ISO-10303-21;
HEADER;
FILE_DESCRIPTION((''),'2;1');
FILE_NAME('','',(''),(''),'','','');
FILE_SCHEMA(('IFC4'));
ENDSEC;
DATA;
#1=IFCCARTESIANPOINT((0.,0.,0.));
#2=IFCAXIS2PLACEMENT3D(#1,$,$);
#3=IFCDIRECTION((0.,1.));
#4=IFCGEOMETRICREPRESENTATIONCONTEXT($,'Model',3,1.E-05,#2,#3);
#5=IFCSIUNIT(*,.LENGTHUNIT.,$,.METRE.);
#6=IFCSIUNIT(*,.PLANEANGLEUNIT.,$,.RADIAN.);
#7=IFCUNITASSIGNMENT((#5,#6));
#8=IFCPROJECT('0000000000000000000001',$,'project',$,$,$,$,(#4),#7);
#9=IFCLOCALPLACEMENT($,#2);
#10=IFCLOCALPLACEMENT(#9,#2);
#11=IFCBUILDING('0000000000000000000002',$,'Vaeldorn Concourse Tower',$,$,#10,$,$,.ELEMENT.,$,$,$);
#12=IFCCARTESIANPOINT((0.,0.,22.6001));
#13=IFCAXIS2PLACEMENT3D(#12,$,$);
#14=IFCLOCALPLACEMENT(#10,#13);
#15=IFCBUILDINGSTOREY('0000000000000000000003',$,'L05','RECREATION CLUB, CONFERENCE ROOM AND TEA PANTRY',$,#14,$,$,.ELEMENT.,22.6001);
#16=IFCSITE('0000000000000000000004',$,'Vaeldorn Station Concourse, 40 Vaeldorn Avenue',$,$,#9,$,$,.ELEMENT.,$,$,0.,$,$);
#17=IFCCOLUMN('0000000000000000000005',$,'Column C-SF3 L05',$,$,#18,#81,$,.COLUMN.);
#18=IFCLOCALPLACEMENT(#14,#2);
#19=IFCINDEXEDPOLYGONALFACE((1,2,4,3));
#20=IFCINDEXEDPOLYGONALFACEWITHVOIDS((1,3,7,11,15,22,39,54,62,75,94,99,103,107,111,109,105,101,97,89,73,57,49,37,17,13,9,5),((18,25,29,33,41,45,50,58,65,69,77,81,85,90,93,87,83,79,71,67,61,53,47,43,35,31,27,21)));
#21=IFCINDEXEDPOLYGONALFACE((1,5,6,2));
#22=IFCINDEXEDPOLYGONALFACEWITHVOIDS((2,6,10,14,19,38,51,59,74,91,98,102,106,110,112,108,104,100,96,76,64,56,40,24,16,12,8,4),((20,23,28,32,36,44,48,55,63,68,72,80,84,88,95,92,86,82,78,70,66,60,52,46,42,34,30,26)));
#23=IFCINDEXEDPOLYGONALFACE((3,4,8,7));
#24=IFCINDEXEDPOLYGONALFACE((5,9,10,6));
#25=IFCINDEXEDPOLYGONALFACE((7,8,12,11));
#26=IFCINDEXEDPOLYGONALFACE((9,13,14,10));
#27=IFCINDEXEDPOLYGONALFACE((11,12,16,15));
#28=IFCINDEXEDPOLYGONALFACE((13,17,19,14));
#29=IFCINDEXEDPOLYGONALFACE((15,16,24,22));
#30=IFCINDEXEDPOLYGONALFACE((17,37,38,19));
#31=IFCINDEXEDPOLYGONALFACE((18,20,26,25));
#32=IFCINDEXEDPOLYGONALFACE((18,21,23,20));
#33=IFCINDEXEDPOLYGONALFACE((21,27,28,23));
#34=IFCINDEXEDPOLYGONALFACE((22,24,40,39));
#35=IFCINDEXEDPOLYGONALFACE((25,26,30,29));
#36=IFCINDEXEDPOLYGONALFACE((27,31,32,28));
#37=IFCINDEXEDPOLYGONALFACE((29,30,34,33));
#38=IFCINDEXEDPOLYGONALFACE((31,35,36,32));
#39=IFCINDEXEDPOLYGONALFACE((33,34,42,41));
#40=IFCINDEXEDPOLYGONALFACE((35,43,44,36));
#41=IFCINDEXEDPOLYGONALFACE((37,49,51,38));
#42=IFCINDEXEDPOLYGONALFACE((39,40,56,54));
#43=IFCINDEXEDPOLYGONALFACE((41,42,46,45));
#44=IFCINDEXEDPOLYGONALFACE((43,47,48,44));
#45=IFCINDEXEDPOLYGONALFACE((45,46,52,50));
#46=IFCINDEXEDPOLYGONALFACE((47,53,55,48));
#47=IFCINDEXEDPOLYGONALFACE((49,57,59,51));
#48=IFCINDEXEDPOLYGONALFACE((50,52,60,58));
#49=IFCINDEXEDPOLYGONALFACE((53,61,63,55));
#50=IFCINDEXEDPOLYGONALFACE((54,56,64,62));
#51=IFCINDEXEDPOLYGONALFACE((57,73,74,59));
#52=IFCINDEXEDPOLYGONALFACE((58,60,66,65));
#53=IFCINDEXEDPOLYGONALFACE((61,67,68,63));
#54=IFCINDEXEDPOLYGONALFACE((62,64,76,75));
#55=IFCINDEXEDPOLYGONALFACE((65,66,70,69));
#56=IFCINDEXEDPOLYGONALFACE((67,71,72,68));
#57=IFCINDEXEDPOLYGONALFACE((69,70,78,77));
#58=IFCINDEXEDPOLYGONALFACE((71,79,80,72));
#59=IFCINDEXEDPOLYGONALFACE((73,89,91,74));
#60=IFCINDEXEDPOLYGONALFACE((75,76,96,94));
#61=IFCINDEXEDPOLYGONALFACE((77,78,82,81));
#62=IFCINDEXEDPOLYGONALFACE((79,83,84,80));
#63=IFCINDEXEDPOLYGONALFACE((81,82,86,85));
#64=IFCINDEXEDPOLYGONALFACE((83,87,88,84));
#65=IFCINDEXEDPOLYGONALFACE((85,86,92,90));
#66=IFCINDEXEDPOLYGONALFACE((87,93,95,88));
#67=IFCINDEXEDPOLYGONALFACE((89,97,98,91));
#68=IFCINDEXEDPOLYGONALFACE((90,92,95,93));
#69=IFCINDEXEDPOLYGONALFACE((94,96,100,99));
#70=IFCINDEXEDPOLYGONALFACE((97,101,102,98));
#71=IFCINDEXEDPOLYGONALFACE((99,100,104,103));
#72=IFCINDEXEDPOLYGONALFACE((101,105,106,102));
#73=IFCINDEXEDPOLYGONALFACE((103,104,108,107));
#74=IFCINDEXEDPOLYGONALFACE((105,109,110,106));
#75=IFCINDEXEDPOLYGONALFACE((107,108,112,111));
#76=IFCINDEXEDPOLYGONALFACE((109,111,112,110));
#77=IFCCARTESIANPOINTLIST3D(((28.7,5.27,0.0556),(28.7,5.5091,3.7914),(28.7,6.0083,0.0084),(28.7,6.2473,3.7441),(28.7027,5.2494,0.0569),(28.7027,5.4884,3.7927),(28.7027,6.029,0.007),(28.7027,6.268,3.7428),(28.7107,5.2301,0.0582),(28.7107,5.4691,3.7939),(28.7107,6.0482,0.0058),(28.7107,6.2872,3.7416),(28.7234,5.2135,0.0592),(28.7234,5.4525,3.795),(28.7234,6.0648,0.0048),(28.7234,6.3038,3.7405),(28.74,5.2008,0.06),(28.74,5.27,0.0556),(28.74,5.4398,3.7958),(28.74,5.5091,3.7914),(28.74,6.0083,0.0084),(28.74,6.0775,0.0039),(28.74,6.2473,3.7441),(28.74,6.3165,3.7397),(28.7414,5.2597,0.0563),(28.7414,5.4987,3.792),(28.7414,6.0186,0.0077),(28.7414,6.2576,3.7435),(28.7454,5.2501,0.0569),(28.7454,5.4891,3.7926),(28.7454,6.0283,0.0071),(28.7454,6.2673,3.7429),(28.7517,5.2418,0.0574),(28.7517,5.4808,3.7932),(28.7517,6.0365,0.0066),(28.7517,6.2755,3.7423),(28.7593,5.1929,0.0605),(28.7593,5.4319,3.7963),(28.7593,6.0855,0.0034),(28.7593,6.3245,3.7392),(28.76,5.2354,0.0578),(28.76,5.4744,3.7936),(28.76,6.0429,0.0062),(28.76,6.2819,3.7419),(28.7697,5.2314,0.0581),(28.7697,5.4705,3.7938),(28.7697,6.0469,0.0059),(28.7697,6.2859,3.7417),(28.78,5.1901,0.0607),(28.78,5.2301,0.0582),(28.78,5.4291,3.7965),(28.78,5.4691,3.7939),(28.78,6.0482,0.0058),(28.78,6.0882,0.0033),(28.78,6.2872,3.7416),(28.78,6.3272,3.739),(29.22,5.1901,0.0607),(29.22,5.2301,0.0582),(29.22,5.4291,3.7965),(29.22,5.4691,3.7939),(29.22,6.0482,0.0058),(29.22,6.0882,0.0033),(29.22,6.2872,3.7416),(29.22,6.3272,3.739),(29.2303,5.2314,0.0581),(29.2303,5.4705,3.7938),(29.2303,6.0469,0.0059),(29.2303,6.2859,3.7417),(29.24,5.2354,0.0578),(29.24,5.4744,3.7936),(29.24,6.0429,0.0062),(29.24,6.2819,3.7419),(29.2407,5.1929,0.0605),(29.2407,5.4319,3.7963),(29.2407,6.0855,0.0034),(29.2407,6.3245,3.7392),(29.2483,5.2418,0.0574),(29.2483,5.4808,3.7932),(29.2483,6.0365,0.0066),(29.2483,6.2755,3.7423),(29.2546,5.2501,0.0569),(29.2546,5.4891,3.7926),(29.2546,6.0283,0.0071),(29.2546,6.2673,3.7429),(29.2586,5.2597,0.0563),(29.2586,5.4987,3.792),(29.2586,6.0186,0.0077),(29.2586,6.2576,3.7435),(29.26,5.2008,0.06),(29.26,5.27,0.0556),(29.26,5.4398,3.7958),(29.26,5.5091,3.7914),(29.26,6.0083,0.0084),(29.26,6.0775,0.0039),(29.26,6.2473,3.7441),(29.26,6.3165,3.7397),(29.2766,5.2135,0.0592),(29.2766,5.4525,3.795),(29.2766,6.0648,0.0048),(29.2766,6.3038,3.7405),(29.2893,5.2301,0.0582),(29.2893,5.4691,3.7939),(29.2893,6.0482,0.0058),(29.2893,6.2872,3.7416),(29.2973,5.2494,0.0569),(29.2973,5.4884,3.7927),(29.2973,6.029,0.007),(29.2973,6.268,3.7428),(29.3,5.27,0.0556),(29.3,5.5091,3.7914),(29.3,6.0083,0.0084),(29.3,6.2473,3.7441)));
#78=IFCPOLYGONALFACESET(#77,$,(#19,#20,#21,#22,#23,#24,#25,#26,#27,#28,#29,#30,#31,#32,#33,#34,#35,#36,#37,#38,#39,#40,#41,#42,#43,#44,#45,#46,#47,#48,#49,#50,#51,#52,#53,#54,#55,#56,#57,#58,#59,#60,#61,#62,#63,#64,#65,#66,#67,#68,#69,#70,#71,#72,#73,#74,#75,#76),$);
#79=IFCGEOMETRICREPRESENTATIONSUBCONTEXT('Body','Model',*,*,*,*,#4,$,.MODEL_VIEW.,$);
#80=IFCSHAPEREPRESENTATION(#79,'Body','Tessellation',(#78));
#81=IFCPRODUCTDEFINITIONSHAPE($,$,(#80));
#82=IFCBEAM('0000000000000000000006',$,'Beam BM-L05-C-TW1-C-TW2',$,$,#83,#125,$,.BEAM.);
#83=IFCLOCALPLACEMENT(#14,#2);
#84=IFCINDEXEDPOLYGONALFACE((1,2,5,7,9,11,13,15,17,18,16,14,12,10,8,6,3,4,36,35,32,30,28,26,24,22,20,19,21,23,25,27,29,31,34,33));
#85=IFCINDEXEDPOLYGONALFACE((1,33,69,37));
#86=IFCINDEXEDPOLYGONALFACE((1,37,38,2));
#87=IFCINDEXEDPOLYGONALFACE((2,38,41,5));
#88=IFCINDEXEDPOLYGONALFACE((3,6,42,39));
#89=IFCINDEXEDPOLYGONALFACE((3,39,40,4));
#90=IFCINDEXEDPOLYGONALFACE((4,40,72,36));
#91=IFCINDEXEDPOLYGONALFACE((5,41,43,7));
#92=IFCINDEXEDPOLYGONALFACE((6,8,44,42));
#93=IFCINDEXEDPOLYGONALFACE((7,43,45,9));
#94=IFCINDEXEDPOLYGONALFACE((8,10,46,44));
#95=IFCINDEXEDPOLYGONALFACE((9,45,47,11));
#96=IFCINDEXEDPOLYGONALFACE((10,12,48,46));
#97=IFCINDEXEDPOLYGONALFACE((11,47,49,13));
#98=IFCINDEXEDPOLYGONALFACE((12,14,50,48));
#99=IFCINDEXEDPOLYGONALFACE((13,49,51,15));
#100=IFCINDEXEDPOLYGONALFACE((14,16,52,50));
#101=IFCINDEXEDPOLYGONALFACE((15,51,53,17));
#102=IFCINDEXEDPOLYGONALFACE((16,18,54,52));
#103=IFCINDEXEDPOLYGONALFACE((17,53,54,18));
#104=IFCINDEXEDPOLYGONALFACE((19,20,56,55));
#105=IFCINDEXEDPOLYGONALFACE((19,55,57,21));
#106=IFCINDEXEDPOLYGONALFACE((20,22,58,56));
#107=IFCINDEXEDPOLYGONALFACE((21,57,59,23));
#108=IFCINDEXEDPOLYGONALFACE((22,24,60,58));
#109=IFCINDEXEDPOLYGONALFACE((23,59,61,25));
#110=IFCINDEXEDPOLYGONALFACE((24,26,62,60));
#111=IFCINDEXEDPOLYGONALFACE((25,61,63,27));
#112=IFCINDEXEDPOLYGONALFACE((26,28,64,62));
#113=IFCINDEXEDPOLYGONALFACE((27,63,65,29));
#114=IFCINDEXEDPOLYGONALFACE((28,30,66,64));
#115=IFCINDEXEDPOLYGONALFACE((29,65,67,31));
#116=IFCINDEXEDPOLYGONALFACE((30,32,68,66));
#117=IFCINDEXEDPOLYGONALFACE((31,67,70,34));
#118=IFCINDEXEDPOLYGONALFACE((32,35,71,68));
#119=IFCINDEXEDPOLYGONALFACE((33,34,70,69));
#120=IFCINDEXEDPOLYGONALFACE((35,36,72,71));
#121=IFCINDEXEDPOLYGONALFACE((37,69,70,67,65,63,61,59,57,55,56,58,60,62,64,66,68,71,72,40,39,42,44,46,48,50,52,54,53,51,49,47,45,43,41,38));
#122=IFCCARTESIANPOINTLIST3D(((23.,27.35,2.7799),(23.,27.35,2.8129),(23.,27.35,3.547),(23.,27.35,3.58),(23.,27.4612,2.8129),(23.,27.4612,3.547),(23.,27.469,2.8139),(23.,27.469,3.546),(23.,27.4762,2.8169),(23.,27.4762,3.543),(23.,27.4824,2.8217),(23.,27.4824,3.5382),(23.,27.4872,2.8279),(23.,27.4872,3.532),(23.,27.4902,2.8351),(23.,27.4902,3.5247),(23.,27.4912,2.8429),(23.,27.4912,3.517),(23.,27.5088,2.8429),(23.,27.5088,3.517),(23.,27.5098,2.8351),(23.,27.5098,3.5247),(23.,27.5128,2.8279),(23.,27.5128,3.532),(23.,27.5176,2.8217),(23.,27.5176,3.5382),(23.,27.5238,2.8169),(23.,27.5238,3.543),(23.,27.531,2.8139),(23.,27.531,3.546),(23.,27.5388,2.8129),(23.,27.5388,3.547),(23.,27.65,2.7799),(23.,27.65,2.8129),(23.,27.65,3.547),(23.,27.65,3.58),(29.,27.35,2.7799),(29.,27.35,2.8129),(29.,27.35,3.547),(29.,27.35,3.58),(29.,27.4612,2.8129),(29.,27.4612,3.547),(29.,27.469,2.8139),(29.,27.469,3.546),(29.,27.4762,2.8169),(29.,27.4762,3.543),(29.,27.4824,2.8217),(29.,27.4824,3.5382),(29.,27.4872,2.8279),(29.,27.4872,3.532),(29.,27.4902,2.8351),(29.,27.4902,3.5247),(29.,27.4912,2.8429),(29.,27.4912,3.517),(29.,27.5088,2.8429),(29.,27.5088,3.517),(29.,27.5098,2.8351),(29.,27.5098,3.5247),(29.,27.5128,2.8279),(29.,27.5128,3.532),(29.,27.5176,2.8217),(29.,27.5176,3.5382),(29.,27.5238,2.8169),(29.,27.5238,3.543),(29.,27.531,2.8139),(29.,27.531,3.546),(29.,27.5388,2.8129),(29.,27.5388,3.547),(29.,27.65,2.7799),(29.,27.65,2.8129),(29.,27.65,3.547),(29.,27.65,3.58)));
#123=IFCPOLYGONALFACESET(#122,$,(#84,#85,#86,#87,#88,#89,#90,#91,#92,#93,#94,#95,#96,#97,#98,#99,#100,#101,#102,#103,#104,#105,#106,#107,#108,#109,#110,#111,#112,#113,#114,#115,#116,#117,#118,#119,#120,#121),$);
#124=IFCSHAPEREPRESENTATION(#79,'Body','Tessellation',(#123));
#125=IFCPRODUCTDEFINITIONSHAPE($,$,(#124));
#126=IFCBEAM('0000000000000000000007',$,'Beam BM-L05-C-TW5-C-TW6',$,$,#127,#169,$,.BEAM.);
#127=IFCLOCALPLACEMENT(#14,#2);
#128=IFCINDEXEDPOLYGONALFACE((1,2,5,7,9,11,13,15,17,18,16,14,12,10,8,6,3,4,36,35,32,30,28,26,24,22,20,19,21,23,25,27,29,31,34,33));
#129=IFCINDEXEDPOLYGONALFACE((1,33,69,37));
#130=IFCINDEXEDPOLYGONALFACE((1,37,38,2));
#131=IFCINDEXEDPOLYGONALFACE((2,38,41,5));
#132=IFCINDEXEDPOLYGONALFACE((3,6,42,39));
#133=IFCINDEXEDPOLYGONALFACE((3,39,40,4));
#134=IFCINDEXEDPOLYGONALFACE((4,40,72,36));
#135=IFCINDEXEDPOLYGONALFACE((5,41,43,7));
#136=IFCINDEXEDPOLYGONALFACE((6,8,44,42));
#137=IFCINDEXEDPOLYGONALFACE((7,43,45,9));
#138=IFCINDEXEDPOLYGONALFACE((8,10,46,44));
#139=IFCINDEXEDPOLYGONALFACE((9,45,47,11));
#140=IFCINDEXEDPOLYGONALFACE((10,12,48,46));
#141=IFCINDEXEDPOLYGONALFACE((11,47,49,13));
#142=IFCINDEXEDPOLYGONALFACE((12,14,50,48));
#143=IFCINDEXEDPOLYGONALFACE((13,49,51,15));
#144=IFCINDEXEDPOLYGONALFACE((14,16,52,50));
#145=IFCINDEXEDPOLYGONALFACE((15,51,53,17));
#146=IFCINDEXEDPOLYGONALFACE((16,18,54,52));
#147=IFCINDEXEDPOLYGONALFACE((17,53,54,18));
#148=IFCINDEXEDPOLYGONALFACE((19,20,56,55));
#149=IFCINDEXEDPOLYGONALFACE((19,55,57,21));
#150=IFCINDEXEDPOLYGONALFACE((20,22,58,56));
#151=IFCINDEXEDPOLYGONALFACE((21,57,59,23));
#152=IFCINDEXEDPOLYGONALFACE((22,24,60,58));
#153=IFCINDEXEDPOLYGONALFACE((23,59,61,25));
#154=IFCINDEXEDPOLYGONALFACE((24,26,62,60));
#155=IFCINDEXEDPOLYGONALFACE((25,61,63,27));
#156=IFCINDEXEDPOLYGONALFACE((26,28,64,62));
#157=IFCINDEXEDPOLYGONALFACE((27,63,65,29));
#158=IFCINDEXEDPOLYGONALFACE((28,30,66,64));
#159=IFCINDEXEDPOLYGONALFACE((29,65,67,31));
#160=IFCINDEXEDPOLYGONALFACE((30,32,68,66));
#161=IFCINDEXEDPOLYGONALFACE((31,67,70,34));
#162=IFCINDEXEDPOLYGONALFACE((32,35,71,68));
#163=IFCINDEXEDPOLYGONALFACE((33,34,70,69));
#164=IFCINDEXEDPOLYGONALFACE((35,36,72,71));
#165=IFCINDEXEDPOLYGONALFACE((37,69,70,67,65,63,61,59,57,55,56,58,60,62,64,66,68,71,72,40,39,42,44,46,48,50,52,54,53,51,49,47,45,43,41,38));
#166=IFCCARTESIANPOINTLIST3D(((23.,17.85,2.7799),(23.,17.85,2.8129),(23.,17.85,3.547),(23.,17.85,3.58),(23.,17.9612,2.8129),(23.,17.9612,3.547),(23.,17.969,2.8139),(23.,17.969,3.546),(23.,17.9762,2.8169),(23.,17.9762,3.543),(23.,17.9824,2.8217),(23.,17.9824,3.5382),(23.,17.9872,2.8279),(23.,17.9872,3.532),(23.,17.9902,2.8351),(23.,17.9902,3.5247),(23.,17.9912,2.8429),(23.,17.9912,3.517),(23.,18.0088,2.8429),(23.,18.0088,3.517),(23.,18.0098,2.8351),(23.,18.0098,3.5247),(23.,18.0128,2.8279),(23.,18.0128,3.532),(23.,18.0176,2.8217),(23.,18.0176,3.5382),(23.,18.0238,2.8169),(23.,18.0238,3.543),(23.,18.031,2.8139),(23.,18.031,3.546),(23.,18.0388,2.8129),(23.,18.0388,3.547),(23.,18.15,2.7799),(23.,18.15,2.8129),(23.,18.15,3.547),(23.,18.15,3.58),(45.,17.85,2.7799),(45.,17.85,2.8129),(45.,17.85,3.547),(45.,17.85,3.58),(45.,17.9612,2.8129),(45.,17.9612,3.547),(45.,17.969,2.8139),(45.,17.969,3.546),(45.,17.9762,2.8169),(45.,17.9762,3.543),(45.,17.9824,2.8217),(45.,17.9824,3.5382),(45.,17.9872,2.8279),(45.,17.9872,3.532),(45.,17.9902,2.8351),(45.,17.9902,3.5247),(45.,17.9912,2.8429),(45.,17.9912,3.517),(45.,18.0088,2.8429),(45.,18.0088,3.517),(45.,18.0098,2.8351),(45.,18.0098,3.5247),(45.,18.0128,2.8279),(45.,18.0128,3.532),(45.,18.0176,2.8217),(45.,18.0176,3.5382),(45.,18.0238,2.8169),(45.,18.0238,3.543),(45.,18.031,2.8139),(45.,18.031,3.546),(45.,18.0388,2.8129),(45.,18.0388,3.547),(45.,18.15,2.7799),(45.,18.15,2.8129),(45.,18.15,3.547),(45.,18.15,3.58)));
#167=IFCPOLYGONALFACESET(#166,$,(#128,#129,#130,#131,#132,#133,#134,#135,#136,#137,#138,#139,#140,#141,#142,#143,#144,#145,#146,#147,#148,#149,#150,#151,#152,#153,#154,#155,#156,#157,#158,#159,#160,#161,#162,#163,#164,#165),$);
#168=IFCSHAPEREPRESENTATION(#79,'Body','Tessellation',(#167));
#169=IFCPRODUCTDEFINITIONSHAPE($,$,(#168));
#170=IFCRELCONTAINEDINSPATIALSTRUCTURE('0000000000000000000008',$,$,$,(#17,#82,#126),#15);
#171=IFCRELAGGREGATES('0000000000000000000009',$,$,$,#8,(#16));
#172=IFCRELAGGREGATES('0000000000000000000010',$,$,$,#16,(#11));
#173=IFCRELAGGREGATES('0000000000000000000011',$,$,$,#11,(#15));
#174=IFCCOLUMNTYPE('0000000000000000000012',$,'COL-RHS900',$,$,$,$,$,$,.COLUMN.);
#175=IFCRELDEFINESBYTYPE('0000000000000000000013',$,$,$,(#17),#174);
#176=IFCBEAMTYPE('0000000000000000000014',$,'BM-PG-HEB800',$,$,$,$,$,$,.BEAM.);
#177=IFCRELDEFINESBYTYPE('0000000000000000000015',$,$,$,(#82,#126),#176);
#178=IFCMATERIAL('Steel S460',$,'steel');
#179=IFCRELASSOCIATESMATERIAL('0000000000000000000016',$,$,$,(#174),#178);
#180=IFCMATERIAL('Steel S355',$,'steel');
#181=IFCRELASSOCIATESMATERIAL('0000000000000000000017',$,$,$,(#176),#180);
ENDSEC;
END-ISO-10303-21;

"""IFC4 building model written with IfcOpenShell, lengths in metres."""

from ifc_helpers import new_model, si_unit, direction, frame, origin, origin_2d, place, context, subcontext, project, spatial, hollow_rectangle, i_section, extrude, source, transform, mapped, material, material_profile, profile_set, type_object, element, save


model = new_model("IFC4")

# Units and contexts
model_context = context("Model", 3, precision=1e-05, world=origin(), true_north=direction((0.0, 1.0)))
body_context = subcontext(model_context, "Body", "Model", "MODEL_VIEW")
ifc_project = project(units=[si_unit("LENGTHUNIT", "METRE"), si_unit("PLANEANGLEUNIT", "RADIAN")], contexts=[model_context])

# Site, building, storey
site_placement = place(None, origin())
site = spatial("IfcSite", under=ifc_project, at=site_placement, Name="Vaeldorn Station Concourse, 40 Vaeldorn Avenue", CompositionType="ELEMENT", RefElevation=0.0)
building_placement = place(site_placement, origin())
building = spatial("IfcBuilding", under=site, at=building_placement, Name="Vaeldorn Concourse Tower", CompositionType="ELEMENT")
storey_placement = place(building_placement, frame((0.0, 0.0, 22.6001)))
storey = spatial("IfcBuildingStorey", under=building, at=storey_placement, Name="L05", Description="RECREATION CLUB, CONFERENCE ROOM AND TEA PANTRY", CompositionType="ELEMENT", Elevation=22.6001)

# Column
ifc_material_1 = material(Name="Steel S460", Category="steel")
ifc_material_profile_1 = material_profile(ifc_material_1, hollow_rectangle(XDim=0.6001, YDim=0.8999, WallThickness=0.04, InnerFilletRadius=0.04, OuterFilletRadius=0.0801, at=origin_2d()), Name="RHS 900x600x40")
ifc_profile_set_1 = profile_set([ifc_material_profile_1], Name="Steel S460")
column_type_1 = type_object("IfcColumnType", Name="COL-RHS900", PredefinedType="COLUMN", material=ifc_profile_set_1)
shared_shape_1 = source(origin(), body_context, "Body", "SweptSolid", [
    extrude(hollow_rectangle(XDim=0.6001, YDim=0.8999, WallThickness=0.04, InnerFilletRadius=0.04, OuterFilletRadius=0.0801, at=origin_2d()), origin(), (0.0, 0.0, 1.0), 3.7434),
])
column_1_placement = place(storey_placement, frame((29.0, 5.6392, 0.032), z_axis=(0.0, 0.063848, 0.99796), x_axis=(-1.0, 0.0, 0.0)))
element("IfcColumn", 1, at=column_1_placement, inside=storey, type_object=column_type_1, Name="Column C-SF3 L05", PredefinedType="COLUMN", context=body_context, shape_type="MappedRepresentation", body=[
    mapped(shared_shape_1, transform((0.0, 0.0, 0.0), scale=1.0)),
])

# Beams
ifc_material_2 = material(Name="Steel S355", Category="steel")
ifc_material_profile_2 = material_profile(ifc_material_2, i_section(OverallWidth=0.3, OverallDepth=0.8, WebThickness=0.0176, FlangeThickness=0.033, FilletRadius=0.03, at=origin_2d()), Name="HEB 800")
ifc_profile_set_2 = profile_set([ifc_material_profile_2], Name="Steel S355")
beam_type_1 = type_object("IfcBeamType", Name="BM-PG-HEB800", PredefinedType="BEAM", material=ifc_profile_set_2)
shared_shape_2 = source(origin(), body_context, "Body", "SweptSolid", [
    extrude(i_section(OverallWidth=0.3, OverallDepth=0.8, WebThickness=0.0176, FlangeThickness=0.033, FilletRadius=0.03, at=origin_2d()), origin(), (0.0, 0.0, 1.0), 6.0),
])
beam_1_placement = place(storey_placement, frame((23.0, 27.5, 3.1799), z_axis=(1.0, 0.0, 0.0), x_axis=(0.0, 1.0, 0.0)))
element("IfcBeam", 2, at=beam_1_placement, inside=storey, type_object=beam_type_1, Name="Beam BM-L05-C-TW1-C-TW2", PredefinedType="BEAM", context=body_context, shape_type="MappedRepresentation", body=[
    mapped(shared_shape_2, transform((0.0, 0.0, 0.0), scale=1.0)),
])
shared_shape_3 = source(origin(), body_context, "Body", "SweptSolid", [
    extrude(i_section(OverallWidth=0.3, OverallDepth=0.8, WebThickness=0.0176, FlangeThickness=0.033, FilletRadius=0.03, at=origin_2d()), origin(), (0.0, 0.0, 1.0), 22.0),
])
beam_2_placement = place(storey_placement, frame((23.0, 18.0, 3.1799), z_axis=(1.0, 0.0, 0.0), x_axis=(0.0, 1.0, 0.0)))
element("IfcBeam", 3, at=beam_2_placement, inside=storey, type_object=beam_type_1, Name="Beam BM-L05-C-TW5-C-TW6", PredefinedType="BEAM", context=body_context, shape_type="MappedRepresentation", body=[
    mapped(shared_shape_3, transform((0.0, 0.0, 0.0), scale=1.0)),
])

save(model, "model.ifc")
